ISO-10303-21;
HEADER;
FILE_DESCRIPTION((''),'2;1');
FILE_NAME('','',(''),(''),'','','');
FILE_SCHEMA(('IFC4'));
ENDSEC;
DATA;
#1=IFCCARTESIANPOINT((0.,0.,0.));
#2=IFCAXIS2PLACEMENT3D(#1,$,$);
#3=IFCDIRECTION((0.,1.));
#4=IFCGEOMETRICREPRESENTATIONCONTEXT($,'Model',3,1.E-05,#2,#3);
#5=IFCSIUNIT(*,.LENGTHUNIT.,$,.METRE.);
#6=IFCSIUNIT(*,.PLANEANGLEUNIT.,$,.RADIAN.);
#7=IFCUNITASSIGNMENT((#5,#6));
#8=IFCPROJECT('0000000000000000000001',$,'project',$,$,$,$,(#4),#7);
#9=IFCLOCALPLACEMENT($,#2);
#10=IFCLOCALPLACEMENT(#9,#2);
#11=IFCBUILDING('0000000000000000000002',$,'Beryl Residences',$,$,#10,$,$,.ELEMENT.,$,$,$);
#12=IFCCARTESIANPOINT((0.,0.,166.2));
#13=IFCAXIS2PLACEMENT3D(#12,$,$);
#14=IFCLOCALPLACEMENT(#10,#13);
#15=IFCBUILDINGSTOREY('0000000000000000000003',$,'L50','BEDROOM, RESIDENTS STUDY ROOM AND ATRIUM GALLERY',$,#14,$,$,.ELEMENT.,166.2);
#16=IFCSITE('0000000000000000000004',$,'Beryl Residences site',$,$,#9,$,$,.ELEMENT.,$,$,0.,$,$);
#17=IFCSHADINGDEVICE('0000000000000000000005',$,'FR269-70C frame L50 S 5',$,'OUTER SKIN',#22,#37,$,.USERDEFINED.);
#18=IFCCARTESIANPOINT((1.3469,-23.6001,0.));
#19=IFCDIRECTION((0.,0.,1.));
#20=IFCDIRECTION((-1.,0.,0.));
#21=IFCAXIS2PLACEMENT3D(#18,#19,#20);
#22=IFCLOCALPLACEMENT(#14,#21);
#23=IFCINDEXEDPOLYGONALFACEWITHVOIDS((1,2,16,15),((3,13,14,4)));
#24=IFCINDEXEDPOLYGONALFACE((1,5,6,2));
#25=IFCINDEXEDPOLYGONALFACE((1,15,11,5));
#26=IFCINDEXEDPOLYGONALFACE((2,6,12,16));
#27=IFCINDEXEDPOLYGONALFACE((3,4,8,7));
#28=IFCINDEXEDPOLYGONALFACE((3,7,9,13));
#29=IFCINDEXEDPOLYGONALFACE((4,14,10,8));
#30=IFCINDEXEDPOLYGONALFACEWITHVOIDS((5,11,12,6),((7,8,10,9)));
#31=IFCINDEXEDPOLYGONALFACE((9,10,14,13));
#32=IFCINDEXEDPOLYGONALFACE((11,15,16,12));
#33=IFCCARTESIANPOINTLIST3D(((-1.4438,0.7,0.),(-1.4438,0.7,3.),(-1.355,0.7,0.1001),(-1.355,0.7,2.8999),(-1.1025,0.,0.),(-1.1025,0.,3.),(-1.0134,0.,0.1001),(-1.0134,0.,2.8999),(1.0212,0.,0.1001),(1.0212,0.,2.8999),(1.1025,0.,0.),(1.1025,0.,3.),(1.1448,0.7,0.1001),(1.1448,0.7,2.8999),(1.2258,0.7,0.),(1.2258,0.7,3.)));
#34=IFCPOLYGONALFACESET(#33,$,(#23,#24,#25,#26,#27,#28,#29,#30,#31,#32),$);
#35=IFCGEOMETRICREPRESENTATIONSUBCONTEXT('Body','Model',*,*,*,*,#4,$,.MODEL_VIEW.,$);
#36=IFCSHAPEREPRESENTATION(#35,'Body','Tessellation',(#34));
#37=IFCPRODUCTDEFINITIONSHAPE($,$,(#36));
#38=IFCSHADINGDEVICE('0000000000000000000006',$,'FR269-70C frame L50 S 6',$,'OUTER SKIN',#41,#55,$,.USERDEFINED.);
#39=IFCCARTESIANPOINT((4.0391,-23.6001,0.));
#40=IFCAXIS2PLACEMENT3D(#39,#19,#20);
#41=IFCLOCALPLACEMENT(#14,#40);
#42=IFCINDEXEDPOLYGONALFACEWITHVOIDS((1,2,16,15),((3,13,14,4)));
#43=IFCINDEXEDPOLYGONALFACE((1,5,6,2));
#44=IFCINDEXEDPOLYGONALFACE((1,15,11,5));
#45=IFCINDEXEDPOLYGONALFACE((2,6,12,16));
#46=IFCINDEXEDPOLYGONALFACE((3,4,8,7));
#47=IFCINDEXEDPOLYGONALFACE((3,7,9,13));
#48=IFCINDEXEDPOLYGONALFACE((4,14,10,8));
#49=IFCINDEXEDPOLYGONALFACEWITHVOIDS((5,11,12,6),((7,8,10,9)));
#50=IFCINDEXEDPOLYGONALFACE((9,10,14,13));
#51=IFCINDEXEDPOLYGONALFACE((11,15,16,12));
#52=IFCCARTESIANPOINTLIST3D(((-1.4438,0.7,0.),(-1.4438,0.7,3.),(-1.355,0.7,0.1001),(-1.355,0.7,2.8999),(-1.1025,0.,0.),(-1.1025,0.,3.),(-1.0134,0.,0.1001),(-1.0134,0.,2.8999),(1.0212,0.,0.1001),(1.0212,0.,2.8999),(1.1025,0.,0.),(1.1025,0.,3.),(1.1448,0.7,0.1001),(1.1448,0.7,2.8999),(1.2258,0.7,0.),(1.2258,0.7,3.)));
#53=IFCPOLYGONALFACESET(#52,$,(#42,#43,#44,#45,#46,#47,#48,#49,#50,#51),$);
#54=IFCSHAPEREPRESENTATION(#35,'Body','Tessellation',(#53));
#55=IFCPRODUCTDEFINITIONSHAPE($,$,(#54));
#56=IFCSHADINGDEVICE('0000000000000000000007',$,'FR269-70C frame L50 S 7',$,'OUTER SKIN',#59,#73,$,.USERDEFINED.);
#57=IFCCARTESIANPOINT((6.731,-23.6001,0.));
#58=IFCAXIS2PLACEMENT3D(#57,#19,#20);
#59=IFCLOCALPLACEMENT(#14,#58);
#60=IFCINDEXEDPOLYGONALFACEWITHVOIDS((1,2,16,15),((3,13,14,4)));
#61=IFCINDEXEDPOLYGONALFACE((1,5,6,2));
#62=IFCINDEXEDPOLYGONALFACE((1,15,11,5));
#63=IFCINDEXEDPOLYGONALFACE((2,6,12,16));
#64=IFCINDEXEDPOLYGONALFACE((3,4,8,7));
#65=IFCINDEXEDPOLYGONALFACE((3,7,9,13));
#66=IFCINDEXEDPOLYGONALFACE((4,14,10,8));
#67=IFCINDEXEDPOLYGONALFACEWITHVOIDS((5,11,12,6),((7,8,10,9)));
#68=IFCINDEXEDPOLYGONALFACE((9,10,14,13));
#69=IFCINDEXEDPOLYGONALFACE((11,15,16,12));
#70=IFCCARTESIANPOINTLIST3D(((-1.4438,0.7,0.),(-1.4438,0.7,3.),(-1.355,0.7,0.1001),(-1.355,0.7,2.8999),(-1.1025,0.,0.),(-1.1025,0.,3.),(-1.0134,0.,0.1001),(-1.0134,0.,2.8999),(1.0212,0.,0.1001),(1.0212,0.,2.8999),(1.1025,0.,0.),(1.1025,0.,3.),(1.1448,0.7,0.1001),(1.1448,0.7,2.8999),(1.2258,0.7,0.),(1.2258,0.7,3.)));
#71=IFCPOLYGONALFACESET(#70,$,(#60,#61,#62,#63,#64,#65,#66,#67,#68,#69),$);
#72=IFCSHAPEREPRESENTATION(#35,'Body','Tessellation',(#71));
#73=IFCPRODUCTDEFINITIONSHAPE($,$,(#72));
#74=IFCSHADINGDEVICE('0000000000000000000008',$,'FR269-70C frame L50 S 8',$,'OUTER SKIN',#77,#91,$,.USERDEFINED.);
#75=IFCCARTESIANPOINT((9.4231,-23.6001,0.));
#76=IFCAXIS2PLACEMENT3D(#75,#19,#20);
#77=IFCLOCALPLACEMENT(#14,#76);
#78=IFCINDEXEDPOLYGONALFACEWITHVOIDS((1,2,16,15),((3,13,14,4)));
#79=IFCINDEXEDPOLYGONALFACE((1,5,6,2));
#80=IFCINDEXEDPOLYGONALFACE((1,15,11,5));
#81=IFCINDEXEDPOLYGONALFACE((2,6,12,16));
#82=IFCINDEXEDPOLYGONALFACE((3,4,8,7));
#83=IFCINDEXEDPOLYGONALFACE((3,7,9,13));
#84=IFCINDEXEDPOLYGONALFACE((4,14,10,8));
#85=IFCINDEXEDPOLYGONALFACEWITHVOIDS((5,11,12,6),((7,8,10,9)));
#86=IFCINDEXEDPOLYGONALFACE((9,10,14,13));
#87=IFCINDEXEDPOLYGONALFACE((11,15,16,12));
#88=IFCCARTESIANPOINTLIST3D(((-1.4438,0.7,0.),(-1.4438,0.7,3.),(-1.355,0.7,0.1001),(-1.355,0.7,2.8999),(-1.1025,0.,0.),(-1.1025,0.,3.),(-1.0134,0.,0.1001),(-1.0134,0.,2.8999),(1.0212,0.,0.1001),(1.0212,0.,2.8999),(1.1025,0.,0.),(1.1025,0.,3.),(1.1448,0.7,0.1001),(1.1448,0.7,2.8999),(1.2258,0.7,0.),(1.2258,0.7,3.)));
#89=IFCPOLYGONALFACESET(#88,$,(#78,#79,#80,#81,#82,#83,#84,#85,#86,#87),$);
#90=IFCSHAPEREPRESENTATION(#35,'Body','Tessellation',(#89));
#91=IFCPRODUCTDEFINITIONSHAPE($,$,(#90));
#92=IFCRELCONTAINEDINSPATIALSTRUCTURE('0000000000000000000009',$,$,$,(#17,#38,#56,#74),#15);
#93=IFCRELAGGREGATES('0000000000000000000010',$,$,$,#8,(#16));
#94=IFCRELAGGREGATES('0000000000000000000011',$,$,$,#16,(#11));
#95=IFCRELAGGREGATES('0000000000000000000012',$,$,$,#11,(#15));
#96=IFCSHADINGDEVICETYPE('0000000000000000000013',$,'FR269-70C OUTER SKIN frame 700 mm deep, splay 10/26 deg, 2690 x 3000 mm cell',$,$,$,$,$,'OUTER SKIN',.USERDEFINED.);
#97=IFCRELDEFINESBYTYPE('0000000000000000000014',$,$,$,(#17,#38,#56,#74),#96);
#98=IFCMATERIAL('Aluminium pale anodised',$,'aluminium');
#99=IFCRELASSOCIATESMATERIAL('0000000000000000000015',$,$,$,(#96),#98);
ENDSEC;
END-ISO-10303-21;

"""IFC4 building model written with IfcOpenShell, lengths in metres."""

from ifc_helpers import new_model, entity, si_unit, direction, frame, origin, place, context, subcontext, project, spatial, source, transform, mapped, material, type_object, type_shapes, element, save


model = new_model("IFC4")

# Units and contexts
model_context = context("Model", 3, precision=1e-05, world=origin(), true_north=direction((0.0, 1.0)))
body_context = subcontext(model_context, "Body", "Model", "MODEL_VIEW")
ifc_project = project(units=[si_unit("LENGTHUNIT", "METRE"), si_unit("PLANEANGLEUNIT", "RADIAN")], contexts=[model_context])

# Site, building, storey
site_placement = place(None, origin())
site = spatial("IfcSite", under=ifc_project, at=site_placement, Name="Beryl Residences site", CompositionType="ELEMENT", RefElevation=0.0)
building_placement = place(site_placement, origin())
building = spatial("IfcBuilding", under=site, at=building_placement, Name="Beryl Residences", CompositionType="ELEMENT")
storey_placement = place(building_placement, frame((0.0, 0.0, 166.2)))
storey = spatial("IfcBuildingStorey", under=building, at=storey_placement, Name="L50", Description="BEDROOM, RESIDENTS STUDY ROOM AND ATRIUM GALLERY", CompositionType="ELEMENT", Elevation=166.2)

# Shading devices
ifc_material_1 = material(Name="Aluminium pale anodised", Category="aluminium")
shading_device_type = type_object("IfcShadingDeviceType", Name="FR269-70C OUTER SKIN frame 700 mm deep, splay 10/26 deg, 2690 x 3000 mm cell", ElementType="OUTER SKIN", PredefinedType="USERDEFINED", material=ifc_material_1)
cartesian_point_1 = entity("IfcCartesianPoint", [-1.1025, 0.0])
cartesian_point_2 = entity("IfcCartesianPoint", [-1.0212, 0.1001])
cartesian_point_3 = entity("IfcCartesianPoint", [-1.2258, 0.0])
cartesian_point_4 = entity("IfcCartesianPoint", [-1.1448, 0.1001])
shared_shape_1 = source(origin(), body_context, "Body", "SweptSolid", [
    entity("IfcExtrudedAreaSolidTapered", entity("IfcArbitraryProfileDefWithVoids", "AREA", None, entity("IfcPolyline", [cartesian_point_1, entity("IfcCartesianPoint", [1.1025, 0.0]), entity("IfcCartesianPoint", [1.1025, 3.0]), entity("IfcCartesianPoint", [-1.1025, 3.0]), cartesian_point_1]), [entity("IfcPolyline", [cartesian_point_2, entity("IfcCartesianPoint", [1.0134, 0.1001]), entity("IfcCartesianPoint", [1.0134, 2.8999]), entity("IfcCartesianPoint", [-1.0212, 2.8999]), cartesian_point_2])]), entity("IfcAxis2Placement3D", entity("IfcCartesianPoint", [0.0, 0.0, 0.0]), entity("IfcDirection", [0.0, 1.0, 0.0]), entity("IfcDirection", [-1.0, 0.0, 0.0])), entity("IfcDirection", [0.0, 0.0, 1.0]), 0.7, entity("IfcArbitraryProfileDefWithVoids", "AREA", None, entity("IfcPolyline", [cartesian_point_3, entity("IfcCartesianPoint", [1.4438, 0.0]), entity("IfcCartesianPoint", [1.4438, 3.0]), entity("IfcCartesianPoint", [-1.2258, 3.0]), cartesian_point_3]), [entity("IfcPolyline", [cartesian_point_4, entity("IfcCartesianPoint", [1.355, 0.1001]), entity("IfcCartesianPoint", [1.355, 2.8999]), entity("IfcCartesianPoint", [-1.1448, 2.8999]), cartesian_point_4])])),
])
type_shapes(shading_device_type, [shared_shape_1])
for number, where, z_axis, x_axis, name in (
    (1, (1.3469, -23.6001, 0.0), (0.0, 0.0, 1.0), (-1.0, 0.0, 0.0), "FR269-70C frame L50 S 5"),
    (2, (4.0391, -23.6001, 0.0), (0.0, 0.0, 1.0), (-1.0, 0.0, 0.0), "FR269-70C frame L50 S 6"),
    (3, (6.731, -23.6001, 0.0), (0.0, 0.0, 1.0), (-1.0, 0.0, 0.0), "FR269-70C frame L50 S 7"),
    (4, (9.4231, -23.6001, 0.0), (0.0, 0.0, 1.0), (-1.0, 0.0, 0.0), "FR269-70C frame L50 S 8"),
):
    element("IfcShadingDevice", number, at=place(storey_placement, frame(where, z_axis=z_axis, x_axis=x_axis)), inside=storey, type_object=shading_device_type, Name=name, ObjectType="OUTER SKIN", PredefinedType="USERDEFINED", context=body_context, shape_type="MappedRepresentation", body=[
        mapped(shared_shape_1, transform((0.0, 0.0, 0.0))),
    ])

save(model, "model.ifc")
